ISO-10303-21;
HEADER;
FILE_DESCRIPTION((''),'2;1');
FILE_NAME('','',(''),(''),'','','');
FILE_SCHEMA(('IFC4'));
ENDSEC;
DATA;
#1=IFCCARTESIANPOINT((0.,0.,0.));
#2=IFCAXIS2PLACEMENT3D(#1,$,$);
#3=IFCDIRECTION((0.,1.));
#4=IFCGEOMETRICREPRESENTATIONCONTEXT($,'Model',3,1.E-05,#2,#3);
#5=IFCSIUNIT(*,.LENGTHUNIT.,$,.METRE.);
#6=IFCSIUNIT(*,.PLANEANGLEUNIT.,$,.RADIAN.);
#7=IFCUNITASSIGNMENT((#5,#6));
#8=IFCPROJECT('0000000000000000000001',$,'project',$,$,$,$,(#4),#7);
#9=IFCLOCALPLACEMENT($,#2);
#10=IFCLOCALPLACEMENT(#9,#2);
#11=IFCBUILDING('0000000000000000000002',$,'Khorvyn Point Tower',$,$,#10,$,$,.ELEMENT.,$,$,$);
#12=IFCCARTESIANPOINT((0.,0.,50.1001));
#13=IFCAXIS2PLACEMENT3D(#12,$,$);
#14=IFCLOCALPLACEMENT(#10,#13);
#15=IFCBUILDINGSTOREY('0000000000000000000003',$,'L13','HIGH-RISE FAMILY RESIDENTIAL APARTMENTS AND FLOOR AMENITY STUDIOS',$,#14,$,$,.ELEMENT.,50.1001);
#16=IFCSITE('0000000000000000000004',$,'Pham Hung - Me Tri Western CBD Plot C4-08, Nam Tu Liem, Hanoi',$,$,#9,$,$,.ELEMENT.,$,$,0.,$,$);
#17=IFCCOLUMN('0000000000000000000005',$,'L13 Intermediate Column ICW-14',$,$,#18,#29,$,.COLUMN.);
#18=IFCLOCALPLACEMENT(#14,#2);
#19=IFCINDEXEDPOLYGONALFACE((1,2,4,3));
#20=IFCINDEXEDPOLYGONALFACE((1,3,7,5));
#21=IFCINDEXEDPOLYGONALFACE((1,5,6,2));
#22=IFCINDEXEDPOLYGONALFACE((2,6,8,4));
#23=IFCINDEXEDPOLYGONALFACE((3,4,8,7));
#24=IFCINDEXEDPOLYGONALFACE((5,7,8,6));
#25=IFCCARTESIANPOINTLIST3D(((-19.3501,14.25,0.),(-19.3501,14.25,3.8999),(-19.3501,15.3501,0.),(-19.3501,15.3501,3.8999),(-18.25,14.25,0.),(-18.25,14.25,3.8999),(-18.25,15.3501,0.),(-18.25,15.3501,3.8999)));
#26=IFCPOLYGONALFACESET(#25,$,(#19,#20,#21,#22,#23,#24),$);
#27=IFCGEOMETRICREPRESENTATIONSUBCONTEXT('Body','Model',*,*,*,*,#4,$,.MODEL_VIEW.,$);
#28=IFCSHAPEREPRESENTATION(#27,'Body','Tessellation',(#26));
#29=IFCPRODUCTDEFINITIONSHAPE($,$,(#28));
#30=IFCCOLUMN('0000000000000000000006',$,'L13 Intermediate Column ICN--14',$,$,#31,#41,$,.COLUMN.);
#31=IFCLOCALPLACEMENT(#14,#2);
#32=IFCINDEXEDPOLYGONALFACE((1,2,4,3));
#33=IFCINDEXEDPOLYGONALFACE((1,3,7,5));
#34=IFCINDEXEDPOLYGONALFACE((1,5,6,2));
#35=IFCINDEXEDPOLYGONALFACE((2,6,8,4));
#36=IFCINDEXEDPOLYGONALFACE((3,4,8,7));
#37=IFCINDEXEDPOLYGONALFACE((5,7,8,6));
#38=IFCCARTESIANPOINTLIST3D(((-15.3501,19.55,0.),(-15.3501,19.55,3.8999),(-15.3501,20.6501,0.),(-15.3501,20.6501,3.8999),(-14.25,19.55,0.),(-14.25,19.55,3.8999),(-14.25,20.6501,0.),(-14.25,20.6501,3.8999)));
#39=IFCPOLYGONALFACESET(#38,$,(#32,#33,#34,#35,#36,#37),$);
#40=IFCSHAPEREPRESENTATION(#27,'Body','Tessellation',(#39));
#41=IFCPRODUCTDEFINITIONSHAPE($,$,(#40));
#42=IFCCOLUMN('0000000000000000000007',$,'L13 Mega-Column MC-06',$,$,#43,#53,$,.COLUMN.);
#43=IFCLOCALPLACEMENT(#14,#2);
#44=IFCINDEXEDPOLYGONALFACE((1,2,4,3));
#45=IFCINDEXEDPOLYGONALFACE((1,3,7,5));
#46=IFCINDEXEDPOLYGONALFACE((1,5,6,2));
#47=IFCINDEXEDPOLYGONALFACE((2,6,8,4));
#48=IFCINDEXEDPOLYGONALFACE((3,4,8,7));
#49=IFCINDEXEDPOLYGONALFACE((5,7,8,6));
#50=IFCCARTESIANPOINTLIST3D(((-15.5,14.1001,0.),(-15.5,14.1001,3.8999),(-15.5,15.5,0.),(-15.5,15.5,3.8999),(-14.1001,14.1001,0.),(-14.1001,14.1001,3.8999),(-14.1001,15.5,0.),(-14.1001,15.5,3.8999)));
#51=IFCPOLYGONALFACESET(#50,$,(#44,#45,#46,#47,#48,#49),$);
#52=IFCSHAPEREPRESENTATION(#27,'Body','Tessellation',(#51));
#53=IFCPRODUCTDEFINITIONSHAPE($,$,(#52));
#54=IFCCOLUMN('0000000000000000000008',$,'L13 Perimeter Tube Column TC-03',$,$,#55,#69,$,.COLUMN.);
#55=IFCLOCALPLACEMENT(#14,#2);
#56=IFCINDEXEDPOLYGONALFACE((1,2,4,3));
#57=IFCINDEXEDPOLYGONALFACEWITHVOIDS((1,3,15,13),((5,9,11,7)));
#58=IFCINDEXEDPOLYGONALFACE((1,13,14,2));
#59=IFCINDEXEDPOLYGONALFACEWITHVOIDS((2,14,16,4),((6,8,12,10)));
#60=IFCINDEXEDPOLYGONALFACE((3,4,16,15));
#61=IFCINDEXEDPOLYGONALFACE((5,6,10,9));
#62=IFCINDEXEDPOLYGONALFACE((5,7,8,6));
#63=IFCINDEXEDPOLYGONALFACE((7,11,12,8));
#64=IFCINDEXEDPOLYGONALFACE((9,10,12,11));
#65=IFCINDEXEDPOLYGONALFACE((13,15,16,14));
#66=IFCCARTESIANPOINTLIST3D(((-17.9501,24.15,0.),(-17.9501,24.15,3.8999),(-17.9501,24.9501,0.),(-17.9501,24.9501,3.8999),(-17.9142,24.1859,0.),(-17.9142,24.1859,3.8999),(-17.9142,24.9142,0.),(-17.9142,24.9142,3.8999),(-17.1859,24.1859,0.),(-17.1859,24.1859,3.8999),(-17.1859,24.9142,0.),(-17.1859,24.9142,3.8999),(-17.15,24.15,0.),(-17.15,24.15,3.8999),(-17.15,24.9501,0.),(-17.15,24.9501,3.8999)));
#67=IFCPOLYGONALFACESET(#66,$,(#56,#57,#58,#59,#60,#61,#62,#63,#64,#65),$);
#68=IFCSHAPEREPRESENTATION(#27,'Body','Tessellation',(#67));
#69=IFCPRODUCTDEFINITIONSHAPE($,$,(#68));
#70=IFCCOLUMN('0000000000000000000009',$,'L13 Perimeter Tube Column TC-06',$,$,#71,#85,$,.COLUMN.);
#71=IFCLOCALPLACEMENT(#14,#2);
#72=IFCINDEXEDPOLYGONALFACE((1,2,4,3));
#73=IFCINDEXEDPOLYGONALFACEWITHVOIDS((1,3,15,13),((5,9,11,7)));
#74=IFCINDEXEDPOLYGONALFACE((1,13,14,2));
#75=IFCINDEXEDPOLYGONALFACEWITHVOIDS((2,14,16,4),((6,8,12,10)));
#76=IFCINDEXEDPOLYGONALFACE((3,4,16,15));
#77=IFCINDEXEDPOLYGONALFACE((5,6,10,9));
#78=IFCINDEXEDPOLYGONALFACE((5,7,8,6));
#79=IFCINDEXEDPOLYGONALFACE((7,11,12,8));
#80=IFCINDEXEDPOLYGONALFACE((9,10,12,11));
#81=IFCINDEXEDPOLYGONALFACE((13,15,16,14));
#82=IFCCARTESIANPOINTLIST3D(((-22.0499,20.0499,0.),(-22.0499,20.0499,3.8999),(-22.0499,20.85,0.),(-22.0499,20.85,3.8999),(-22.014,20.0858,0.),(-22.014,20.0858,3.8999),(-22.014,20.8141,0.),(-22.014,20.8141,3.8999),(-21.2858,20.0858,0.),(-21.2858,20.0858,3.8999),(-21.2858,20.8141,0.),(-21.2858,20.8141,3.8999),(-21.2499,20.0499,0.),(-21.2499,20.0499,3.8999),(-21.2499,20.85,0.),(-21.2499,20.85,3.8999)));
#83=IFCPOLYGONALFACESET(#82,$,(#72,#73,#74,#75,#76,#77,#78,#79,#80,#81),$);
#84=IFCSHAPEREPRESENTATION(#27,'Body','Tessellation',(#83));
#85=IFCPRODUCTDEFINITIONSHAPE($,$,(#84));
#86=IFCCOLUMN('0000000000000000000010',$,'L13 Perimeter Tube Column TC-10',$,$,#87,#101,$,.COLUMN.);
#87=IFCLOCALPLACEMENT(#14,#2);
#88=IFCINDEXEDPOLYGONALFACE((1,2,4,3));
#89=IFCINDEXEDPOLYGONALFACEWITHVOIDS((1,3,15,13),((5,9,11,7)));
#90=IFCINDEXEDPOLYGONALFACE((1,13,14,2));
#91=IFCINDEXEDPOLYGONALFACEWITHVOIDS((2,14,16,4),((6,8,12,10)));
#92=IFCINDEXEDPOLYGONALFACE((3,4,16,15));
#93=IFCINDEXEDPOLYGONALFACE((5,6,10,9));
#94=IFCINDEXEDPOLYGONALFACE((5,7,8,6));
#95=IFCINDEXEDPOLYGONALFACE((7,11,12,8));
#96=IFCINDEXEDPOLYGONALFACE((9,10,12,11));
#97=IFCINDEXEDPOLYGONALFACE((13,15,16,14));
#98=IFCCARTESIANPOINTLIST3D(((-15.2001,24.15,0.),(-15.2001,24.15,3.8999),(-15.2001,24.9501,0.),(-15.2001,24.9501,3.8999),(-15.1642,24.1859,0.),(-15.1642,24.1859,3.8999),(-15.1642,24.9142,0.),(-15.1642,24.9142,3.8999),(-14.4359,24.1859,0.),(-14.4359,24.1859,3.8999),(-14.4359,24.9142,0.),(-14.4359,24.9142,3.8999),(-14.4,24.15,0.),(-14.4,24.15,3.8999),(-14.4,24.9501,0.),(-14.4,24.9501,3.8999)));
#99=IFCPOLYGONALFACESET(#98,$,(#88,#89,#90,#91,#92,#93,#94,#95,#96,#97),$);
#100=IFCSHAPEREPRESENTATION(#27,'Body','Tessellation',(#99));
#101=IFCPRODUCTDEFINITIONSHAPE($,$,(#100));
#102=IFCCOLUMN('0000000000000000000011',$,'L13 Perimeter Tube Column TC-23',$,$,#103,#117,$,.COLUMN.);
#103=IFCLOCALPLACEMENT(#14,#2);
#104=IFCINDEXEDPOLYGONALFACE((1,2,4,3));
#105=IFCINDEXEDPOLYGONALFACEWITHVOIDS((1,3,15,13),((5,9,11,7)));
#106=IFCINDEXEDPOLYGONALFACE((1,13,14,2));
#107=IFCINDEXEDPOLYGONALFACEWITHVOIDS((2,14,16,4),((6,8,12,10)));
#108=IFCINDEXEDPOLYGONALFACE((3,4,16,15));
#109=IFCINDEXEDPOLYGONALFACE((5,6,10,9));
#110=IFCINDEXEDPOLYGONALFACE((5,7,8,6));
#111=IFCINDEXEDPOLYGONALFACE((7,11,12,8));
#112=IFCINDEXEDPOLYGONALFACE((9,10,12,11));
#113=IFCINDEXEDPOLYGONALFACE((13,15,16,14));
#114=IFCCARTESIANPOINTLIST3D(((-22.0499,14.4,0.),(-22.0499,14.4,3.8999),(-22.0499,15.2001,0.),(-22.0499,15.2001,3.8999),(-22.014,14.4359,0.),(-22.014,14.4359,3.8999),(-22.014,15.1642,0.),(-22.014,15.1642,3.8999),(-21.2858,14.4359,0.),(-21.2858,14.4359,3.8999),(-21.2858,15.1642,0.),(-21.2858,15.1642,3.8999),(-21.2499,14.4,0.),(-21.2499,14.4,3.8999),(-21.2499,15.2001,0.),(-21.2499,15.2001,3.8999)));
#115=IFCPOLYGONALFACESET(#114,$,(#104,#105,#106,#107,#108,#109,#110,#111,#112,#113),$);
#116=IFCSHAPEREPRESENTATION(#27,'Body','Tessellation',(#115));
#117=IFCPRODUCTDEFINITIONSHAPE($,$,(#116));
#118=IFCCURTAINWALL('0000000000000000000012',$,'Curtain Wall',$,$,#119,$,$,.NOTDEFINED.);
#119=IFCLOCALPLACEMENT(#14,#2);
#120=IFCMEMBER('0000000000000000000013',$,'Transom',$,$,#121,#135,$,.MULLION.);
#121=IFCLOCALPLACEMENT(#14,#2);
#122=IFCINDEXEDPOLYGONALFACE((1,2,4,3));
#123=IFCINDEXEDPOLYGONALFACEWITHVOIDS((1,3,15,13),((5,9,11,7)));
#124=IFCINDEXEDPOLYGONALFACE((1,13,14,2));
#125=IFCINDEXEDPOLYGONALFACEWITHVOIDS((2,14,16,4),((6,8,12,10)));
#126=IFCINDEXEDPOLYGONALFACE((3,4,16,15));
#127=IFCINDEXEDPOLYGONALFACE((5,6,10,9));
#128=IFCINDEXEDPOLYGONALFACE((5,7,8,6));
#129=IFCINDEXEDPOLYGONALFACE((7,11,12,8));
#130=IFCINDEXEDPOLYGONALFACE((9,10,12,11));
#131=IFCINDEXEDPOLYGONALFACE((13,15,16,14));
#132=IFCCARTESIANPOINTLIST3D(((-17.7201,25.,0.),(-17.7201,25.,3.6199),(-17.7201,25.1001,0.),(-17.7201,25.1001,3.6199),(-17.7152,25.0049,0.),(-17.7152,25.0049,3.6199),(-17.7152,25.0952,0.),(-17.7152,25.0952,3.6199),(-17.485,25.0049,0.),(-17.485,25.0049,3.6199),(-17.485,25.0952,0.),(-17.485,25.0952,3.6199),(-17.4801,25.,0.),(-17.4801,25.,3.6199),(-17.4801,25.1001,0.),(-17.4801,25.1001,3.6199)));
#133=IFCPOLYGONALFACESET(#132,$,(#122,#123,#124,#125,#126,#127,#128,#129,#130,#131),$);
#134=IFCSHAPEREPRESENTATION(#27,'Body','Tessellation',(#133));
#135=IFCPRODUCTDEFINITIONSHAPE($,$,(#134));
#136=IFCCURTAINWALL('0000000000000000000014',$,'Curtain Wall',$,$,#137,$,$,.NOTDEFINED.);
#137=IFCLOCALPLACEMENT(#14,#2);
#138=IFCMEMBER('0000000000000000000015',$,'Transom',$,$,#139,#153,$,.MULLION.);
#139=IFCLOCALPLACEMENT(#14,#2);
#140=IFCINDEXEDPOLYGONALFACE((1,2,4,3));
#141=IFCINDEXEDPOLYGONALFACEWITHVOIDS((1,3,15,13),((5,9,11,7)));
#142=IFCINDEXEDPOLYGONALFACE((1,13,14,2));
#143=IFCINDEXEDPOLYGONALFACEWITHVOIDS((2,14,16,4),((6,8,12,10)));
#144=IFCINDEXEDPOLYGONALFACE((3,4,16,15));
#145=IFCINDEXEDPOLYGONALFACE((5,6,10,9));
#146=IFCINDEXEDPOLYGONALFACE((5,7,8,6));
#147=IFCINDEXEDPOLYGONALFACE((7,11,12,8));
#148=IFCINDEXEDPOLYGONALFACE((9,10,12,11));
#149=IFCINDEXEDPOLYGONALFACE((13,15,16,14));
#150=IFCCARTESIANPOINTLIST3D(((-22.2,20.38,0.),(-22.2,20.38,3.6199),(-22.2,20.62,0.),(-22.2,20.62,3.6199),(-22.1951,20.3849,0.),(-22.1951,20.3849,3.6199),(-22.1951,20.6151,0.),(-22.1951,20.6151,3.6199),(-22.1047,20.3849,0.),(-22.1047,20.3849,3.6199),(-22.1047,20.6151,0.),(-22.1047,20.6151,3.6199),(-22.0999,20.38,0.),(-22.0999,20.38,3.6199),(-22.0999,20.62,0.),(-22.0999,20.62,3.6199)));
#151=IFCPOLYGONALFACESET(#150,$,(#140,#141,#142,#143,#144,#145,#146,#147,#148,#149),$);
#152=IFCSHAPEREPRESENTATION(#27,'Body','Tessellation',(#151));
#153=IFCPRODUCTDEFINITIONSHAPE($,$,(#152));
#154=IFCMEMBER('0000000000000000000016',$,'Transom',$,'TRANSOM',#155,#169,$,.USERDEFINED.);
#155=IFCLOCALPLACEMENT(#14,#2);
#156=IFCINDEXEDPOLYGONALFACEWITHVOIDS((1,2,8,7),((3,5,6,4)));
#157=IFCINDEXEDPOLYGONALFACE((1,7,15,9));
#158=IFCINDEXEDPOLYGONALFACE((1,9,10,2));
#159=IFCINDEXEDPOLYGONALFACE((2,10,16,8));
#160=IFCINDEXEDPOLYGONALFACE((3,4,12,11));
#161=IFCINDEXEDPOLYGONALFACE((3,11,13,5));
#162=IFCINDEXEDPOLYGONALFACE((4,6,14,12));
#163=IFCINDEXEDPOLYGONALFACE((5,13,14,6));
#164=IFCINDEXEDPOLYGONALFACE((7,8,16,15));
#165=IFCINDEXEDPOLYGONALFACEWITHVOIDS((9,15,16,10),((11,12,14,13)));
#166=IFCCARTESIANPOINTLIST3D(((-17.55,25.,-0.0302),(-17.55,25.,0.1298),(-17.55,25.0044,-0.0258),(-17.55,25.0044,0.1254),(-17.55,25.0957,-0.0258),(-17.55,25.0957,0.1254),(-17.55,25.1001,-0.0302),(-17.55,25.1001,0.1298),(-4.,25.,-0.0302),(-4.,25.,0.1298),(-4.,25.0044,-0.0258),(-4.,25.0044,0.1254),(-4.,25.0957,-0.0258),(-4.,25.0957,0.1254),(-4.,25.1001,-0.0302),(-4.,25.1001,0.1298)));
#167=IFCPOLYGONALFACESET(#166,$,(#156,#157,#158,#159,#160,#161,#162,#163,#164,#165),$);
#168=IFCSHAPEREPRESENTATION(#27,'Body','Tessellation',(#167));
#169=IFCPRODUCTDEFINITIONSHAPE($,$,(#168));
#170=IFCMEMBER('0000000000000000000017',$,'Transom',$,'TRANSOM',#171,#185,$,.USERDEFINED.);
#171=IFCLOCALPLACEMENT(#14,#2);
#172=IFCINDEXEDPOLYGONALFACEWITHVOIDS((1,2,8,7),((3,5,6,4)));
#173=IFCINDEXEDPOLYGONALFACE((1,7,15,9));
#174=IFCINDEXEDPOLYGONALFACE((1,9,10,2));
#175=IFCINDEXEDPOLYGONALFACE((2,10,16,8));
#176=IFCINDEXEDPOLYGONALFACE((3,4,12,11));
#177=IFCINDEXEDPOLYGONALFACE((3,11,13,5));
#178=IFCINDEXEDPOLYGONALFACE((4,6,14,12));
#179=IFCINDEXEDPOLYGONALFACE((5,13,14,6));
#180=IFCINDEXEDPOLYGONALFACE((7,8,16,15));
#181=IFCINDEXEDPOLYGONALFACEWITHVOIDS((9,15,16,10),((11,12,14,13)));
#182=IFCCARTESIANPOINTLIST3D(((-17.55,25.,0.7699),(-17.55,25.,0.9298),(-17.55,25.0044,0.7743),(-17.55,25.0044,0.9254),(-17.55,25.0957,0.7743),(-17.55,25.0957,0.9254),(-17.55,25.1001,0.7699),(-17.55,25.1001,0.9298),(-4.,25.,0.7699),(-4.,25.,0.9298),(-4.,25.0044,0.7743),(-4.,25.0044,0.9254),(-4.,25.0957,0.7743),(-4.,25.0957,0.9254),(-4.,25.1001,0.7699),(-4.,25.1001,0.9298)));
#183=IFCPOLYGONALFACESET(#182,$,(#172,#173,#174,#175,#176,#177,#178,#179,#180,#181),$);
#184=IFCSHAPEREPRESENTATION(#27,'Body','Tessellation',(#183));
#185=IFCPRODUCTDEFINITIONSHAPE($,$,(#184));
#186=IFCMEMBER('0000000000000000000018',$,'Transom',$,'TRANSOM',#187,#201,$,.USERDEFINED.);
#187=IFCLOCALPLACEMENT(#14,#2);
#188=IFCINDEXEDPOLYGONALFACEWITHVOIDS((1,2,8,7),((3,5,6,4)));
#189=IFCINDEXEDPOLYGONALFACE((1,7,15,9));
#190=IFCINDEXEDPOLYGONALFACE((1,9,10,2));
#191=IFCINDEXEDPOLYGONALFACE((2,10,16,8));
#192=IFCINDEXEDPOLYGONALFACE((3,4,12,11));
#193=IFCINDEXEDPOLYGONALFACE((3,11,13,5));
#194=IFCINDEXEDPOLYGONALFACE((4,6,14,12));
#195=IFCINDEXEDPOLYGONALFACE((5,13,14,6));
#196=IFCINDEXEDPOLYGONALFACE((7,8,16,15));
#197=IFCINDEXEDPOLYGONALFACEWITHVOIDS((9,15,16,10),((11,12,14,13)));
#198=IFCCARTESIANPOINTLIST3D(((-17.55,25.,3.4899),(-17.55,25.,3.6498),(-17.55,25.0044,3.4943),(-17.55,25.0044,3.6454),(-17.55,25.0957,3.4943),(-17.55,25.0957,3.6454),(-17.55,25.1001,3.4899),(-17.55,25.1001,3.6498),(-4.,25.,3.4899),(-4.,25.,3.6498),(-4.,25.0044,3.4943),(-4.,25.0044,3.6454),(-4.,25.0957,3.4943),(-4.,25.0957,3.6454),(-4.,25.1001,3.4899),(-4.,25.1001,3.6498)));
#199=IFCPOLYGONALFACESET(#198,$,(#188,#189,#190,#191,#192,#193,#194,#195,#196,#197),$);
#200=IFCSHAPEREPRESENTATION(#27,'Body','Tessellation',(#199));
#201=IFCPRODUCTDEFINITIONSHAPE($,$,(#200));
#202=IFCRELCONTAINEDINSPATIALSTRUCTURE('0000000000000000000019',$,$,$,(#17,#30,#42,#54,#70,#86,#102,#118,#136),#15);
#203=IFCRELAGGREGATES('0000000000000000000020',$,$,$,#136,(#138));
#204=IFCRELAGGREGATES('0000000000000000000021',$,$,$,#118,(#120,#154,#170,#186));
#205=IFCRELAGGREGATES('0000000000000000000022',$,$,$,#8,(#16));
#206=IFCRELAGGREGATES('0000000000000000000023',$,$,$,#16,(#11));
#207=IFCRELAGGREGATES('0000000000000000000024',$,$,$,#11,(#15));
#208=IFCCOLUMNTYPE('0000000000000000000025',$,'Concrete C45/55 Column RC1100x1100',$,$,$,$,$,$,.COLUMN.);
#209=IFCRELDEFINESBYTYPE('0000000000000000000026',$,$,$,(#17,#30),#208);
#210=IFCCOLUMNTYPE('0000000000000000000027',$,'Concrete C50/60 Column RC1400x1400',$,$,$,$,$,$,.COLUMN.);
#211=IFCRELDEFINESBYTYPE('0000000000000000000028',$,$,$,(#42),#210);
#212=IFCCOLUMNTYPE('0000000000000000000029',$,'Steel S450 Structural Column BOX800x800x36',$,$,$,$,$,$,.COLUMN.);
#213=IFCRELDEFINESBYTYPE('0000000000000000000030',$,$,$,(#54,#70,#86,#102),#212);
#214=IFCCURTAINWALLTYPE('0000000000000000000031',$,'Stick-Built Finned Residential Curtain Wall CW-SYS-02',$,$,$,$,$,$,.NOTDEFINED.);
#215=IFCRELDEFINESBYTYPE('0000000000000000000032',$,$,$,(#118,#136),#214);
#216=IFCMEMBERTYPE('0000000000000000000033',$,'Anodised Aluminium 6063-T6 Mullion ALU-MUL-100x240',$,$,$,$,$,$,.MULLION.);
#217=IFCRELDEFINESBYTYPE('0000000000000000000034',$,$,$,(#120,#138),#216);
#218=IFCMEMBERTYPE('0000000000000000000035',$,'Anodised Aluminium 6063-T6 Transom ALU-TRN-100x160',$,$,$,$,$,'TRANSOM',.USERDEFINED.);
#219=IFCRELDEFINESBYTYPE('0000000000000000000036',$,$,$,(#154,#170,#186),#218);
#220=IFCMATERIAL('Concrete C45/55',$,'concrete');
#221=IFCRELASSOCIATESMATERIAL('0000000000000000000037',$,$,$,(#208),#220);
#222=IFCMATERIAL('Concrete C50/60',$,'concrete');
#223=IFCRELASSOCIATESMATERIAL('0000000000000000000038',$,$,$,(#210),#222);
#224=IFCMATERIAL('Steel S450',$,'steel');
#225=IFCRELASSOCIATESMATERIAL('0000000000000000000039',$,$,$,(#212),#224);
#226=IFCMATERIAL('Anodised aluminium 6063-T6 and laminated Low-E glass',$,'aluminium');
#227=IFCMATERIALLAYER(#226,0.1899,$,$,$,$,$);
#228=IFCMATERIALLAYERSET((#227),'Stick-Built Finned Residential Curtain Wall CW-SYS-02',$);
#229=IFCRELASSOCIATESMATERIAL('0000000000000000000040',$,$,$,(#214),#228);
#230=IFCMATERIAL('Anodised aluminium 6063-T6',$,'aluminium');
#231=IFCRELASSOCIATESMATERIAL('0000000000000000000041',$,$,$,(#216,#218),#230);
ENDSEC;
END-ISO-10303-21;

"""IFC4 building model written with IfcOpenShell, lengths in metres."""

from ifc_helpers import new_model, si_unit, direction, frame, origin, origin_2d, place, context, subcontext, project, spatial, rectangle, hollow_rectangle, extrude, material, layer, layer_set, material_profile, profile_set, type_object, element, aggregate, save


model = new_model("IFC4")

# Units and contexts
model_context = context("Model", 3, precision=1e-05, world=origin(), true_north=direction((0.0, 1.0)))
body_context = subcontext(model_context, "Body", "Model", "MODEL_VIEW")
ifc_project = project(units=[si_unit("LENGTHUNIT", "METRE"), si_unit("PLANEANGLEUNIT", "RADIAN")], contexts=[model_context])

# Site, building, storey
site_placement = place(None, origin())
site = spatial("IfcSite", under=ifc_project, at=site_placement, Name="Pham Hung - Me Tri Western CBD Plot C4-08, Nam Tu Liem, Hanoi", CompositionType="ELEMENT", RefElevation=0.0)
building_placement = place(site_placement, origin())
building = spatial("IfcBuilding", under=site, at=building_placement, Name="Khorvyn Point Tower", CompositionType="ELEMENT")
storey_placement = place(building_placement, frame((0.0, 0.0, 50.1001)))
storey = spatial("IfcBuildingStorey", under=building, at=storey_placement, Name="L13", Description="HIGH-RISE FAMILY RESIDENTIAL APARTMENTS AND FLOOR AMENITY STUDIOS", CompositionType="ELEMENT", Elevation=50.1001)

# Columns
ifc_material_1 = material(Name="Concrete C45/55", Category="concrete")
ifc_material_profile_1 = material_profile(ifc_material_1, rectangle(XDim=1.1001, YDim=1.1001, at=origin_2d()))
ifc_profile_set_1 = profile_set([ifc_material_profile_1], Name="Concrete C45/55 RC1100x1100")
column_type_1 = type_object("IfcColumnType", Name="Concrete C45/55 Column RC1100x1100", PredefinedType="COLUMN", material=ifc_profile_set_1)
for number, where, z_axis, x_axis, name in (
    (1, (-18.8, 14.8, 0.0), (0.0, 0.0, 1.0), (1.0, 0.0, 0.0), "L13 Intermediate Column ICW-14"),
    (2, (-14.8, 20.1001, 0.0), (0.0, 0.0, 1.0), (1.0, 0.0, 0.0), "L13 Intermediate Column ICN--14"),
):
    element("IfcColumn", number, at=place(storey_placement, frame(where, z_axis=z_axis, x_axis=x_axis)), inside=storey, type_object=column_type_1, Name=name, PredefinedType="COLUMN", context=body_context, shape_type="SweptSolid", body=[
        extrude(rectangle(XDim=1.1001, YDim=1.1001, at=origin_2d()), origin(), (0.0, 0.0, 1.0), 3.8999),
    ])
ifc_material_2 = material(Name="Concrete C50/60", Category="concrete")
ifc_material_profile_2 = material_profile(ifc_material_2, rectangle(XDim=1.3999, YDim=1.3999, at=origin_2d()))
ifc_profile_set_2 = profile_set([ifc_material_profile_2], Name="Concrete C50/60 RC1400x1400")
column_type_2 = type_object("IfcColumnType", Name="Concrete C50/60 Column RC1400x1400", PredefinedType="COLUMN", material=ifc_profile_set_2)
column_placement = place(storey_placement, frame((-14.8, 14.8, 0.0), z_axis=(0.0, 0.0, 1.0), x_axis=(1.0, 0.0, 0.0)))
element("IfcColumn", 3, at=column_placement, inside=storey, type_object=column_type_2, Name="L13 Mega-Column MC-06", PredefinedType="COLUMN", context=body_context, shape_type="SweptSolid", body=[
    extrude(rectangle(XDim=1.3999, YDim=1.3999, at=origin_2d()), origin(), (0.0, 0.0, 1.0), 3.8999),
])
ifc_material_3 = material(Name="Steel S450", Category="steel")
ifc_material_profile_3 = material_profile(ifc_material_3, hollow_rectangle(XDim=0.8, YDim=0.8, WallThickness=0.0359, at=origin_2d()))
ifc_profile_set_3 = profile_set([ifc_material_profile_3], Name="Steel S450 BOX800x800x36")
column_type_3 = type_object("IfcColumnType", Name="Steel S450 Structural Column BOX800x800x36", PredefinedType="COLUMN", material=ifc_profile_set_3)
for number, where, z_axis, x_axis, name in (
    (4, (-17.55, 24.55, 0.0), (0.0, 0.0, 1.0), (1.0, 0.0, 0.0), "L13 Perimeter Tube Column TC-03"),
    (5, (-21.6499, 20.45, 0.0), (0.0, 0.0, 1.0), (1.0, 0.0, 0.0), "L13 Perimeter Tube Column TC-06"),
    (6, (-14.8, 24.55, 0.0), (0.0, 0.0, 1.0), (1.0, 0.0, 0.0), "L13 Perimeter Tube Column TC-10"),
    (7, (-21.6499, 14.8, 0.0), (0.0, 0.0, 1.0), (1.0, 0.0, 0.0), "L13 Perimeter Tube Column TC-23"),
):
    element("IfcColumn", number, at=place(storey_placement, frame(where, z_axis=z_axis, x_axis=x_axis)), inside=storey, type_object=column_type_3, Name=name, PredefinedType="COLUMN", context=body_context, shape_type="SweptSolid", body=[
        extrude(hollow_rectangle(XDim=0.8, YDim=0.8, WallThickness=0.0359, at=origin_2d()), origin(), (0.0, 0.0, 1.0), 3.8999),
    ])

# Curtain walls, members
ifc_material_4 = material(Name="Anodised aluminium 6063-T6 and laminated Low-E glass", Category="aluminium")
ifc_layer_1 = layer(ifc_material_4, 0.1899)
ifc_layer_set_1 = layer_set([ifc_layer_1], Name="Stick-Built Finned Residential Curtain Wall CW-SYS-02")
curtain_wall_type = type_object("IfcCurtainWallType", Name="Stick-Built Finned Residential Curtain Wall CW-SYS-02", PredefinedType="NOTDEFINED", material=ifc_layer_set_1)
curtain_wall_1_placement = place(storey_placement, origin())
curtain_wall_1 = element("IfcCurtainWall", 8, at=curtain_wall_1_placement, inside=storey, type_object=curtain_wall_type, Name="Curtain Wall", PredefinedType="NOTDEFINED")
ifc_material_5 = material(Name="Anodised aluminium 6063-T6", Category="aluminium")
ifc_material_profile_4 = material_profile(ifc_material_5, hollow_rectangle(XDim=0.1001, YDim=0.24, WallThickness=0.0049, at=origin_2d()))
ifc_profile_set_4 = profile_set([ifc_material_profile_4], Name="Anodised aluminium 6063-T6 ALU-MUL-100x240")
member_type_1 = type_object("IfcMemberType", Name="Anodised Aluminium 6063-T6 Mullion ALU-MUL-100x240", PredefinedType="MULLION", material=ifc_profile_set_4)
member_1_placement = place(storey_placement, frame((-17.6001, 25.05, 0.0), z_axis=(0.0, 0.0, 1.0), x_axis=(0.0, 1.0, 0.0)))
member_1 = element("IfcMember", 9, at=member_1_placement, type_object=member_type_1, Name="Transom", PredefinedType="MULLION", context=body_context, shape_type="SweptSolid", body=[
    extrude(hollow_rectangle(XDim=0.1001, YDim=0.24, WallThickness=0.0049, at=origin_2d()), origin(), (0.0, 0.0, 1.0), 3.6199),
])
curtain_wall_2_placement = place(storey_placement, origin())
curtain_wall_2 = element("IfcCurtainWall", 10, at=curtain_wall_2_placement, inside=storey, type_object=curtain_wall_type, Name="Curtain Wall", PredefinedType="NOTDEFINED")
member_2_placement = place(storey_placement, frame((-22.1499, 20.5, 0.0), z_axis=(0.0, 0.0, 1.0), x_axis=(-1.0, 0.0, 0.0)))
member_2 = element("IfcMember", 11, at=member_2_placement, type_object=member_type_1, Name="Transom", PredefinedType="MULLION", context=body_context, shape_type="SweptSolid", body=[
    extrude(hollow_rectangle(XDim=0.1001, YDim=0.24, WallThickness=0.0049, at=origin_2d()), origin(), (0.0, 0.0, 1.0), 3.6199),
])
aggregate(curtain_wall_2, [member_2])

# Members
ifc_material_profile_5 = material_profile(ifc_material_5, hollow_rectangle(XDim=0.1001, YDim=0.1599, WallThickness=0.0044, at=origin_2d()))
ifc_profile_set_5 = profile_set([ifc_material_profile_5], Name="Anodised aluminium 6063-T6 ALU-TRN-100x160")
member_type_2 = type_object("IfcMemberType", Name="Anodised Aluminium 6063-T6 Transom ALU-TRN-100x160", ElementType="TRANSOM", PredefinedType="USERDEFINED", material=ifc_profile_set_5)
member_3_placement = place(storey_placement, frame((-17.55, 25.05, 0.0498), z_axis=(1.0, 0.0, 0.0), x_axis=(0.0, 1.0, 0.0)))
member_3 = element("IfcMember", 12, at=member_3_placement, type_object=member_type_2, Name="Transom", ObjectType="TRANSOM", PredefinedType="USERDEFINED", context=body_context, shape_type="SweptSolid", body=[
    extrude(hollow_rectangle(XDim=0.1001, YDim=0.1599, WallThickness=0.0044, at=origin_2d()), origin(), (0.0, 0.0, 1.0), 13.55),
])
member_4_placement = place(storey_placement, frame((-17.55, 25.05, 0.8499), z_axis=(1.0, 0.0, 0.0), x_axis=(0.0, 1.0, 0.0)))
member_4 = element("IfcMember", 13, at=member_4_placement, type_object=member_type_2, Name="Transom", ObjectType="TRANSOM", PredefinedType="USERDEFINED", context=body_context, shape_type="SweptSolid", body=[
    extrude(hollow_rectangle(XDim=0.1001, YDim=0.1599, WallThickness=0.0044, at=origin_2d()), origin(), (0.0, 0.0, 1.0), 13.55),
])
member_5_placement = place(storey_placement, frame((-17.55, 25.05, 3.5698), z_axis=(1.0, 0.0, 0.0), x_axis=(0.0, 1.0, 0.0)))
member_5 = element("IfcMember", 14, at=member_5_placement, type_object=member_type_2, Name="Transom", ObjectType="TRANSOM", PredefinedType="USERDEFINED", context=body_context, shape_type="SweptSolid", body=[
    extrude(hollow_rectangle(XDim=0.1001, YDim=0.1599, WallThickness=0.0044, at=origin_2d()), origin(), (0.0, 0.0, 1.0), 13.55),
])
aggregate(curtain_wall_1, [member_1, member_3, member_4, member_5])

save(model, "model.ifc")
